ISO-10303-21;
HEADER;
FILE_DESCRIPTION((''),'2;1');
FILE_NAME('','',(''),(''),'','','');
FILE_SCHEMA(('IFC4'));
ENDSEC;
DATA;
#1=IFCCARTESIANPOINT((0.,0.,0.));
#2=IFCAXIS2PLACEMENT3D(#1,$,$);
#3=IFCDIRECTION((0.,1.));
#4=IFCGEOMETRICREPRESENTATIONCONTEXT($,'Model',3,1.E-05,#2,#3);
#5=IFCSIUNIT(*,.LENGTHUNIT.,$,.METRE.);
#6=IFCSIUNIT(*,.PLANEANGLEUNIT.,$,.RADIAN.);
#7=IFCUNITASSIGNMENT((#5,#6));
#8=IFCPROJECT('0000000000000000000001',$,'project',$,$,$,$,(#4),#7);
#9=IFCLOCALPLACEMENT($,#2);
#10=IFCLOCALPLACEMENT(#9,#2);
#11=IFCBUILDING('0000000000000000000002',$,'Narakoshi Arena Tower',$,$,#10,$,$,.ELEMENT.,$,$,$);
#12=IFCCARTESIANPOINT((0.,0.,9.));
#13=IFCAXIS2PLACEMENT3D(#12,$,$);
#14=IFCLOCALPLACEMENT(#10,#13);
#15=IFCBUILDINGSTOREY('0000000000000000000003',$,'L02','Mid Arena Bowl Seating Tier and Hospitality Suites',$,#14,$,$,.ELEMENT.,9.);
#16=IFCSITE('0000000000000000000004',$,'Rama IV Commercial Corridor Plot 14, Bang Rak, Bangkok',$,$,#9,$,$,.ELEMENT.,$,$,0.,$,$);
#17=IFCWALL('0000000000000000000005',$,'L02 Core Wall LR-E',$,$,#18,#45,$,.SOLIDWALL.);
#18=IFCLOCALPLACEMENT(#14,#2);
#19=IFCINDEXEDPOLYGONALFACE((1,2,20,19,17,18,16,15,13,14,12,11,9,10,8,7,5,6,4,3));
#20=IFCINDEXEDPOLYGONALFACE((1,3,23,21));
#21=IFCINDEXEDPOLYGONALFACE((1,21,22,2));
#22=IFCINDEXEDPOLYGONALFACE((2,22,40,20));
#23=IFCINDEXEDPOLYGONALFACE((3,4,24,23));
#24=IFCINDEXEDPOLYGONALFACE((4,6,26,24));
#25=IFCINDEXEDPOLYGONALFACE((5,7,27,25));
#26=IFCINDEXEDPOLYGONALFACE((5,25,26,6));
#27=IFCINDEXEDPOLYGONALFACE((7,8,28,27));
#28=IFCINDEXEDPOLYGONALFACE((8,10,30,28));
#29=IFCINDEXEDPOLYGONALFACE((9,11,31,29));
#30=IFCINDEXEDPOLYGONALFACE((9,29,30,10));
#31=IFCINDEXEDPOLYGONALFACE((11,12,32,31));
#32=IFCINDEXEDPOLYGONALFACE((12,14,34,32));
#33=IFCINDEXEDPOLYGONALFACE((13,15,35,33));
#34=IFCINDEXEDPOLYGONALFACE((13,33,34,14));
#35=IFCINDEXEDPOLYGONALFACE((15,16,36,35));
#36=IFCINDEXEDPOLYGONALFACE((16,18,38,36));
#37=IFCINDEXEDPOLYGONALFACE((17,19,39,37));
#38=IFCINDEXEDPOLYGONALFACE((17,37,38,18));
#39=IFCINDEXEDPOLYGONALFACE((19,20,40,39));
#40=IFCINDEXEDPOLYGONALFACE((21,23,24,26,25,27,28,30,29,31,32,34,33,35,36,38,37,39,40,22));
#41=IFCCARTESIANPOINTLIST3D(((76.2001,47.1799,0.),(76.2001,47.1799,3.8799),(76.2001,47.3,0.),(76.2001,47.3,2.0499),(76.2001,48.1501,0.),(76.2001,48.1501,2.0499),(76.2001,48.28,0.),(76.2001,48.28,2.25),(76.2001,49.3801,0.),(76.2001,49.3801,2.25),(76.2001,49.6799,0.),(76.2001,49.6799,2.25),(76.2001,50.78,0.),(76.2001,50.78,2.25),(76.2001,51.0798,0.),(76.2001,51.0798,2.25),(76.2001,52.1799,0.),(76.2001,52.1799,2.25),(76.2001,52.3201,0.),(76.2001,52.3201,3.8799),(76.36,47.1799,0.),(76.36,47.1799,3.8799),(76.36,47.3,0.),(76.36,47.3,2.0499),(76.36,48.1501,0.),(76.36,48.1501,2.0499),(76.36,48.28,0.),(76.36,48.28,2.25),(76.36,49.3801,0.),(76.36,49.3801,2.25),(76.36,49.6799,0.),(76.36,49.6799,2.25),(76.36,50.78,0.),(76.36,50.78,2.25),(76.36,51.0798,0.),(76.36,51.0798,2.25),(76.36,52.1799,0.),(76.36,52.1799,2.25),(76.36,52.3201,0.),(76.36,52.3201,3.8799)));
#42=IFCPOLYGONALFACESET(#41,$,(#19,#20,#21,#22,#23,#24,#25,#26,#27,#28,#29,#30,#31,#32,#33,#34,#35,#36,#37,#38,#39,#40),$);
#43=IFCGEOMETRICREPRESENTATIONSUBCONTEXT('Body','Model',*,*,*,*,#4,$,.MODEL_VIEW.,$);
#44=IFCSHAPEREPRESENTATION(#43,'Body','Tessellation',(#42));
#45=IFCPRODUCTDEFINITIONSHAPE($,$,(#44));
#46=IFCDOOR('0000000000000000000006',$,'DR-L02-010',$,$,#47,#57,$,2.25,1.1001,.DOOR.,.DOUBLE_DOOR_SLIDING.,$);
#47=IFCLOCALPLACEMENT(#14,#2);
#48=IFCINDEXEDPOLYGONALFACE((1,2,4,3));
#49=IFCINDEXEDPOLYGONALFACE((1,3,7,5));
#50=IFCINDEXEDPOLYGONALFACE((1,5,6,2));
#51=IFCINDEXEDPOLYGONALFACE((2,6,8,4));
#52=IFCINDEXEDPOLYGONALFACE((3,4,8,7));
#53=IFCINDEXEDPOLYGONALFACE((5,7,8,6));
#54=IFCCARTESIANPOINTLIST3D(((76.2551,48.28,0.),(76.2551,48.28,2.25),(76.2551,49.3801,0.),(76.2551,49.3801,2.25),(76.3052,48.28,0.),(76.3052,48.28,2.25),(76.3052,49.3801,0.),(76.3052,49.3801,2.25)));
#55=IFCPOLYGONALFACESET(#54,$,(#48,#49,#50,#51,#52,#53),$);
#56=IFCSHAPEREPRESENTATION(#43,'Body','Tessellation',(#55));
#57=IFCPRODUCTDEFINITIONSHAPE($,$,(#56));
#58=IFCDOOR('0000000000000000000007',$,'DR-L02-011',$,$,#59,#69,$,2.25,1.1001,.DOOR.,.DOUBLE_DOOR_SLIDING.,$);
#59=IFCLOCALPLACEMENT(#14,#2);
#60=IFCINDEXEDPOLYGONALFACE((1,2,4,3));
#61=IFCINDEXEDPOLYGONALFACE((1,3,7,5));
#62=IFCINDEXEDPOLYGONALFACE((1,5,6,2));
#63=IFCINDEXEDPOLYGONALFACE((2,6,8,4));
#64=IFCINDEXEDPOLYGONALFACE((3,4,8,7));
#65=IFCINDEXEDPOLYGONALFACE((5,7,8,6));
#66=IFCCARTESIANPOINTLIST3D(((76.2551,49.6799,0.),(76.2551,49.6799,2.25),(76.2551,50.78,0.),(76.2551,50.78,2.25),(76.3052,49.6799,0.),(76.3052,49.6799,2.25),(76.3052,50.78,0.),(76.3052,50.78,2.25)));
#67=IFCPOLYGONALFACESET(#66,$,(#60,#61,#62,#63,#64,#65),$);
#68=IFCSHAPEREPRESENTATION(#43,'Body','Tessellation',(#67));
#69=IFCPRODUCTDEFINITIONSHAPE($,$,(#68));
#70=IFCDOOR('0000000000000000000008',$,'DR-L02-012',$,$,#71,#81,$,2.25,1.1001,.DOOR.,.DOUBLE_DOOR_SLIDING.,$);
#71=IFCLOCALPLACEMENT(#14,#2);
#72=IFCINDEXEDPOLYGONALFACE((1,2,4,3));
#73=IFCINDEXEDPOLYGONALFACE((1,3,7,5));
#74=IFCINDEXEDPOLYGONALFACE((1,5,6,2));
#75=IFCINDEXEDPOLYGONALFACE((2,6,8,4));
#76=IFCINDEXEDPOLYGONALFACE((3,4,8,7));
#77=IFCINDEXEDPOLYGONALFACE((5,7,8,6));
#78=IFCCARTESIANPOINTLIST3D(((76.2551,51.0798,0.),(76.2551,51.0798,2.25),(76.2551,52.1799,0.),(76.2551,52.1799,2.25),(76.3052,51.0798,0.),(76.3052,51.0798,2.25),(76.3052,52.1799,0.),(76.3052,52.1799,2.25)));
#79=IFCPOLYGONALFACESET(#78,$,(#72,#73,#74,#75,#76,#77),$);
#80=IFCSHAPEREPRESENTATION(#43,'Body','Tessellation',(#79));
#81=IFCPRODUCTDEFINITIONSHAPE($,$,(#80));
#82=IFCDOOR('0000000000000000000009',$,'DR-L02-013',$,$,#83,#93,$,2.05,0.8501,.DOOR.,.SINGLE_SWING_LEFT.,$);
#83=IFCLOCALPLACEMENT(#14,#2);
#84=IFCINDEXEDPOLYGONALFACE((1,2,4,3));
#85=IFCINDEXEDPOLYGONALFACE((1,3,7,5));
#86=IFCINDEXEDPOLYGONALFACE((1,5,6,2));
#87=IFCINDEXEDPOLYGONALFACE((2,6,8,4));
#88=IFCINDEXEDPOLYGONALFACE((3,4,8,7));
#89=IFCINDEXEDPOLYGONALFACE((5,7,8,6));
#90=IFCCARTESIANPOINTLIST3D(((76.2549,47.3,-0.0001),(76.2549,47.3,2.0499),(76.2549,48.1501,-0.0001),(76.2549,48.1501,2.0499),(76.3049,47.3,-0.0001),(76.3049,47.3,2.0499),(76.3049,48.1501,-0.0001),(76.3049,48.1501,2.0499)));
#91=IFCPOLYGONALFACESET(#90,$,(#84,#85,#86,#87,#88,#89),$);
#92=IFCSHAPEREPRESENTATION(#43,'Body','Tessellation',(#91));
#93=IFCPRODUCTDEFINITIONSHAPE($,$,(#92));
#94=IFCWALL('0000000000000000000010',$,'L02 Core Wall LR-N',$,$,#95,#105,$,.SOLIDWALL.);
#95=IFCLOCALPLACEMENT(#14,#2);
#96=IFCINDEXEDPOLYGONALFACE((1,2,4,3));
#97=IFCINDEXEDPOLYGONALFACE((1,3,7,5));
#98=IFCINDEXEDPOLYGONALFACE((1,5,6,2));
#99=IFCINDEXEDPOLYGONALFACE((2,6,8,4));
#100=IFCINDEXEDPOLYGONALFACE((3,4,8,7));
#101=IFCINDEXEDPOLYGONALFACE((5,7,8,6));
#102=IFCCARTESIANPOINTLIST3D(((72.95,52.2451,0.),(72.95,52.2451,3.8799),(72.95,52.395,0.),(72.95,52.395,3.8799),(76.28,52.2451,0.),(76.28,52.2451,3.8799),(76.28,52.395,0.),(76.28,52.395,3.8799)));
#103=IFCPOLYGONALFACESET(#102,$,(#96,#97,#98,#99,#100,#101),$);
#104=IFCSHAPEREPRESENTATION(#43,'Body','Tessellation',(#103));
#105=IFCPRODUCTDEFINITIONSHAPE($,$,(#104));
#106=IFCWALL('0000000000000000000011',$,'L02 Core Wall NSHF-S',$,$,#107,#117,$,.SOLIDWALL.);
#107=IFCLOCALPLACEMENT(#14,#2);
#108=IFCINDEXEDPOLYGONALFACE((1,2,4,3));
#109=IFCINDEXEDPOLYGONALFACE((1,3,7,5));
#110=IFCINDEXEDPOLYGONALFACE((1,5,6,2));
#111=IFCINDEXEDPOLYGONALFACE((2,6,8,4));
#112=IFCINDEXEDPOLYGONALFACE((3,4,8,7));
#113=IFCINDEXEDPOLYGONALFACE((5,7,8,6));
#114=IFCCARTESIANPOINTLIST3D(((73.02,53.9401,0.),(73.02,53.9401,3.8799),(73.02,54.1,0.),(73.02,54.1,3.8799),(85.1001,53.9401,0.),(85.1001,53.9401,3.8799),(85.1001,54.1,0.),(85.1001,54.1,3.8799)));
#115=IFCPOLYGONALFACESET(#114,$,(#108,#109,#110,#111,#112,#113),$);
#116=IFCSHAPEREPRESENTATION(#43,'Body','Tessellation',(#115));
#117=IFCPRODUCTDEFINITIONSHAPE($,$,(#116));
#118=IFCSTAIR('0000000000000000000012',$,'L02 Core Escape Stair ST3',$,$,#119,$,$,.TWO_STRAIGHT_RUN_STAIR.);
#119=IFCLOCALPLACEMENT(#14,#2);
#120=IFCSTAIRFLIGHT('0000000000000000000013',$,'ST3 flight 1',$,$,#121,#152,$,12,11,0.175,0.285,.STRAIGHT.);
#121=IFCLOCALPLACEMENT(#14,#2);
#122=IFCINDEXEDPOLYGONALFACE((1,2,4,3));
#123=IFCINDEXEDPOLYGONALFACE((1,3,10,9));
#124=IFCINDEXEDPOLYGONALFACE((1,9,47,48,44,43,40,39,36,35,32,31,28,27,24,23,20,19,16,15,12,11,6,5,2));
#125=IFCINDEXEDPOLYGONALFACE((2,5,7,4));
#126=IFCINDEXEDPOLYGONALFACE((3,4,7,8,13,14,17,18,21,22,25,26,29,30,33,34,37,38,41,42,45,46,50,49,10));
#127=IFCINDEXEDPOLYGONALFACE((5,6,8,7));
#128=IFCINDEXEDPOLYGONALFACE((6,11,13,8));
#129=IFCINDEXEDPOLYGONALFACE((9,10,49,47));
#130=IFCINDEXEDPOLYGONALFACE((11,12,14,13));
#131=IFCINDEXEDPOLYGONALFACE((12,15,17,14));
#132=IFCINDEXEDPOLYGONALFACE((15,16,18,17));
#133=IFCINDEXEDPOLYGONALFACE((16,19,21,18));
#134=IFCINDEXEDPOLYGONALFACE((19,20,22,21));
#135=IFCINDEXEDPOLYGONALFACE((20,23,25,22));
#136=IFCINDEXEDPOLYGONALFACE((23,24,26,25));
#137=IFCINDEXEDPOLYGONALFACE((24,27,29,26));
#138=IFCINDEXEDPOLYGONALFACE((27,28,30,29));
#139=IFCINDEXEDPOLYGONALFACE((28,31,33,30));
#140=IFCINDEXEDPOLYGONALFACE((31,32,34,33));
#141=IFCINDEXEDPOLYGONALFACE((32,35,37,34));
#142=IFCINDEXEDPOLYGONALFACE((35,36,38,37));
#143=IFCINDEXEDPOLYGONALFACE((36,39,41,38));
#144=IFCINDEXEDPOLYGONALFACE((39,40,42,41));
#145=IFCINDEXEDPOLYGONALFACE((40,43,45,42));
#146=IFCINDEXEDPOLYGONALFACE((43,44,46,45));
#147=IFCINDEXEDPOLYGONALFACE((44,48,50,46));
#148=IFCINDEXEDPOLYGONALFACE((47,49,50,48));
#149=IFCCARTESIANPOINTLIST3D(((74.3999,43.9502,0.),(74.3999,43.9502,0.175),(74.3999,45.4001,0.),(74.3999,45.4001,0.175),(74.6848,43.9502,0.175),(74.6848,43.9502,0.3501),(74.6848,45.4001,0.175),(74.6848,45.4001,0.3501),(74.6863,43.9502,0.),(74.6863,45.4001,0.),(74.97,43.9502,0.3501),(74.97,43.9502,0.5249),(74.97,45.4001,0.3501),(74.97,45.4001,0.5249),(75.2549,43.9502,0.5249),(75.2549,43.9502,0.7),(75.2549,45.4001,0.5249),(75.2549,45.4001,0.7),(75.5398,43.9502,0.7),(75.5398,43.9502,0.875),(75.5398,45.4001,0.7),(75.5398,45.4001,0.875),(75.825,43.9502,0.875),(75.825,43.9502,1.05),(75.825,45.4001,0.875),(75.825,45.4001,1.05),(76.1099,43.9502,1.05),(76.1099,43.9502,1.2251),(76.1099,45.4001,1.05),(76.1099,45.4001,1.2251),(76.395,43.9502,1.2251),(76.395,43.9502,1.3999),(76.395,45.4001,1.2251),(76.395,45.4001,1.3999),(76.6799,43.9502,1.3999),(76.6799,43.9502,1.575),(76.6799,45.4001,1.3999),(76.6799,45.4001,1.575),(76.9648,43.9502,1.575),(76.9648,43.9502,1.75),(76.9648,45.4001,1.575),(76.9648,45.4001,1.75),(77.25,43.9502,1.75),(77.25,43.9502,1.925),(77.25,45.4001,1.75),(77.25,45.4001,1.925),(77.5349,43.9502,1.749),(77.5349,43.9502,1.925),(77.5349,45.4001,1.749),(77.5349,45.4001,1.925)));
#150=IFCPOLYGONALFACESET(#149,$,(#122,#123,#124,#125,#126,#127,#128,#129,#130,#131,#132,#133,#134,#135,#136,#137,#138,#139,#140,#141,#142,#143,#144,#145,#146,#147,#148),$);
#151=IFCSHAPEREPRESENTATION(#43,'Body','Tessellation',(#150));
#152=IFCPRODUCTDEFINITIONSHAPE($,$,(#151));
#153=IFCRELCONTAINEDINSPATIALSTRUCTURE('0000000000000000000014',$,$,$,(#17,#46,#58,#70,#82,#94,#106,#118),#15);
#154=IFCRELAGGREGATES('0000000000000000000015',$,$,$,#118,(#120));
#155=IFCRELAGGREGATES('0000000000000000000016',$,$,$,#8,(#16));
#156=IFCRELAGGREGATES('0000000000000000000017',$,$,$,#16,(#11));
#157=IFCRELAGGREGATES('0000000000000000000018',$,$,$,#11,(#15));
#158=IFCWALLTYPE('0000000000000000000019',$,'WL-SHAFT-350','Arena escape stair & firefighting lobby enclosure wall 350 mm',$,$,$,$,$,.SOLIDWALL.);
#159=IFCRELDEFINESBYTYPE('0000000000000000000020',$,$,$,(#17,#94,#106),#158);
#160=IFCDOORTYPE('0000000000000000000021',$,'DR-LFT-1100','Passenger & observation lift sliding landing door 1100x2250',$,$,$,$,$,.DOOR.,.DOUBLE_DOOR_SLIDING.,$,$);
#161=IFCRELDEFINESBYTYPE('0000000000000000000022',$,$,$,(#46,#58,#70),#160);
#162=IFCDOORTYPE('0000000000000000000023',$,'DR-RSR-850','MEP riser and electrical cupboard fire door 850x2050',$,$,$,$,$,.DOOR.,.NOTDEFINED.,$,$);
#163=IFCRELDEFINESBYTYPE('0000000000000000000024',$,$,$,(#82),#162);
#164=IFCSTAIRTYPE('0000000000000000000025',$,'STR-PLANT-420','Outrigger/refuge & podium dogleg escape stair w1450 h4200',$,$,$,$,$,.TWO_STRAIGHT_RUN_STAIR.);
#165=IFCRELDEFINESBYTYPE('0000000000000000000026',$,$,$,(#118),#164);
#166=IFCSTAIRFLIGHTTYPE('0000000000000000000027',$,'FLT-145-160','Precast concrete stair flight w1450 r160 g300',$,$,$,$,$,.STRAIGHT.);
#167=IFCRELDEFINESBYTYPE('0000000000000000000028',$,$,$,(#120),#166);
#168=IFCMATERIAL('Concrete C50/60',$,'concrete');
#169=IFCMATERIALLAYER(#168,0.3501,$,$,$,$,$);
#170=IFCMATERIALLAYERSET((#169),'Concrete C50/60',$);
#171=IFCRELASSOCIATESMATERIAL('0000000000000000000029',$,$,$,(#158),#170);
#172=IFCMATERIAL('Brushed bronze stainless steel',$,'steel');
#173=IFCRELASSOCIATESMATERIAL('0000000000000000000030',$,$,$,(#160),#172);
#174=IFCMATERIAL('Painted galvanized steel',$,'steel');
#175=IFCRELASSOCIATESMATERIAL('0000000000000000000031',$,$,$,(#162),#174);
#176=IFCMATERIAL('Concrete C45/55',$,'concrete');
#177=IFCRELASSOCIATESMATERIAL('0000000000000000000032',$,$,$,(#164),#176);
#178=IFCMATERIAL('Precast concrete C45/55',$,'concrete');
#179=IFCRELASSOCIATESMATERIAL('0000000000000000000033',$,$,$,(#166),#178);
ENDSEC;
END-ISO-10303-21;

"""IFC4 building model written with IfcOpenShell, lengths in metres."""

from ifc_helpers import new_model, si_unit, direction, frame, frame_2d, origin, place, context, subcontext, project, spatial, polyline, rectangle, outline, extrude, material, layer, layer_set, type_object, element, fill, aggregate, save


model = new_model("IFC4")

# Units and contexts
model_context = context("Model", 3, precision=1e-05, world=origin(), true_north=direction((0.0, 1.0)))
body_context = subcontext(model_context, "Body", "Model", "MODEL_VIEW")
ifc_project = project(units=[si_unit("LENGTHUNIT", "METRE"), si_unit("PLANEANGLEUNIT", "RADIAN")], contexts=[model_context])

# Site, building, storey
site_placement = place(None, origin())
site = spatial("IfcSite", under=ifc_project, at=site_placement, Name="Rama IV Commercial Corridor Plot 14, Bang Rak, Bangkok", CompositionType="ELEMENT", RefElevation=0.0)
building_placement = place(site_placement, origin())
building = spatial("IfcBuilding", under=site, at=building_placement, Name="Narakoshi Arena Tower", CompositionType="ELEMENT")
storey_placement = place(building_placement, frame((0.0, 0.0, 9.0)))
storey = spatial("IfcBuildingStorey", under=building, at=storey_placement, Name="L02", Description="Mid Arena Bowl Seating Tier and Hospitality Suites", CompositionType="ELEMENT", Elevation=9.0)

# Shared definitions
ifc_material_1 = material(Name="Concrete C50/60", Category="concrete")
ifc_layer_1 = layer(ifc_material_1, 0.3501)
ifc_layer_set_1 = layer_set([ifc_layer_1], Name="Concrete C50/60")
wall_type_1 = type_object("IfcWallType", Name="WL-SHAFT-350", Description="Arena escape stair & firefighting lobby enclosure wall 350 mm", PredefinedType="SOLIDWALL", material=ifc_layer_set_1)

# Wall, openings, doors
wall_1_placement = place(storey_placement, frame((76.28, 47.1799, 0.0), z_axis=(0.0, 0.0, 1.0), x_axis=(0.0, 1.0, 0.0)))
wall_1 = element("IfcWall", 1, at=wall_1_placement, inside=storey, type_object=wall_type_1, Name="L02 Core Wall LR-E", PredefinedType="SOLIDWALL", context=body_context, shape_type="SweptSolid", body=[
    extrude(rectangle(XDim=5.1401, YDim=0.1599, at=frame_2d((2.5701, 0.0))), origin(), (0.0, 0.0, 1.0), 3.8799),
])
opening_1_placement = place(wall_1_placement, frame((1.1001, 0.0, 0.0)))
opening_1 = element("IfcOpeningElement", 2, at=opening_1_placement, cuts=wall_1, PredefinedType="OPENING", context=body_context, shape_type="SweptSolid", body=[
    extrude(rectangle(XDim=1.1001, YDim=2.25, at=frame_2d((0.55, 1.125))), frame((0.0, 0.0898, 0.0), z_axis=(0.0, -1.0, 0.0), x_axis=(1.0, 0.0, 0.0)), (0.0, 0.0, 1.0), 0.1799),
])
opening_2_placement = place(wall_1_placement, frame((2.5, 0.0, 0.0)))
opening_2 = element("IfcOpeningElement", 3, at=opening_2_placement, cuts=wall_1, PredefinedType="OPENING", context=body_context, shape_type="SweptSolid", body=[
    extrude(rectangle(XDim=1.1001, YDim=2.25, at=frame_2d((0.55, 1.125))), frame((0.0, 0.0898, 0.0), z_axis=(0.0, -1.0, 0.0), x_axis=(1.0, 0.0, 0.0)), (0.0, 0.0, 1.0), 0.1799),
])
opening_3_placement = place(wall_1_placement, frame((3.8999, 0.0, 0.0)))
opening_3 = element("IfcOpeningElement", 4, at=opening_3_placement, cuts=wall_1, PredefinedType="OPENING", context=body_context, shape_type="SweptSolid", body=[
    extrude(rectangle(XDim=1.1001, YDim=2.25, at=frame_2d((0.55, 1.125))), frame((0.0, 0.0898, 0.0), z_axis=(0.0, -1.0, 0.0), x_axis=(1.0, 0.0, 0.0)), (0.0, 0.0, 1.0), 0.1799),
])
opening_4_placement = place(wall_1_placement, frame((0.1201, 0.0, 0.0)))
opening_4 = element("IfcOpeningElement", 5, at=opening_4_placement, cuts=wall_1, PredefinedType="OPENING", context=body_context, shape_type="SweptSolid", body=[
    extrude(rectangle(XDim=0.8501, YDim=2.05, at=frame_2d((0.425, 1.0249))), frame((0.0, 0.0898, 0.0), z_axis=(0.0, -1.0, 0.0), x_axis=(1.0, 0.0, 0.0)), (0.0, 0.0, 1.0), 0.1799),
])
ifc_material_2 = material(Name="Brushed bronze stainless steel", Category="steel")
door_type_1 = type_object("IfcDoorType", Name="DR-LFT-1100", Description="Passenger & observation lift sliding landing door 1100x2250", OperationType="DOUBLE_DOOR_SLIDING", PredefinedType="DOOR", material=ifc_material_2)
door_1_placement = place(opening_1_placement, origin())
door_1 = element("IfcDoor", 6, at=door_1_placement, inside=storey, type_object=door_type_1, Name="DR-L02-010", OperationType="DOUBLE_DOOR_SLIDING", OverallHeight=2.25, OverallWidth=1.1001, PredefinedType="DOOR", context=body_context, shape_type="SweptSolid", body=[
    extrude(rectangle(XDim=1.1001, YDim=2.25, at=frame_2d((0.55, 1.125))), frame((0.0, 0.0249, 0.0), z_axis=(0.0, -1.0, 0.0), x_axis=(1.0, 0.0, 0.0)), (0.0, 0.0, 1.0), 0.05),
])
fill(opening_1, door_1)
door_2_placement = place(opening_2_placement, origin())
door_2 = element("IfcDoor", 7, at=door_2_placement, inside=storey, type_object=door_type_1, Name="DR-L02-011", OperationType="DOUBLE_DOOR_SLIDING", OverallHeight=2.25, OverallWidth=1.1001, PredefinedType="DOOR", context=body_context, shape_type="SweptSolid", body=[
    extrude(rectangle(XDim=1.1001, YDim=2.25, at=frame_2d((0.55, 1.125))), frame((0.0, 0.0249, 0.0), z_axis=(0.0, -1.0, 0.0), x_axis=(1.0, 0.0, 0.0)), (0.0, 0.0, 1.0), 0.05),
])
fill(opening_2, door_2)
door_3_placement = place(opening_3_placement, origin())
door_3 = element("IfcDoor", 8, at=door_3_placement, inside=storey, type_object=door_type_1, Name="DR-L02-012", OperationType="DOUBLE_DOOR_SLIDING", OverallHeight=2.25, OverallWidth=1.1001, PredefinedType="DOOR", context=body_context, shape_type="SweptSolid", body=[
    extrude(rectangle(XDim=1.1001, YDim=2.25, at=frame_2d((0.55, 1.125))), frame((0.0, 0.0249, 0.0), z_axis=(0.0, -1.0, 0.0), x_axis=(1.0, 0.0, 0.0)), (0.0, 0.0, 1.0), 0.05),
])
fill(opening_3, door_3)
ifc_material_3 = material(Name="Painted galvanized steel", Category="steel")
door_type_2 = type_object("IfcDoorType", Name="DR-RSR-850", Description="MEP riser and electrical cupboard fire door 850x2050", OperationType="NOTDEFINED", PredefinedType="DOOR", material=ifc_material_3)
door_4_placement = place(opening_4_placement, frame((0.8501, 0.0, 0.0), z_axis=(0.0, 0.0, 1.0), x_axis=(-1.0, 0.0, 0.0)))
door_4 = element("IfcDoor", 9, at=door_4_placement, inside=storey, type_object=door_type_2, Name="DR-L02-013", OperationType="SINGLE_SWING_LEFT", OverallHeight=2.05, OverallWidth=0.8501, PredefinedType="DOOR", context=body_context, shape_type="SweptSolid", body=[
    extrude(rectangle(XDim=0.8501, YDim=2.05, at=frame_2d((0.425, 1.0249))), frame((0.0, 0.0249, 0.0), z_axis=(0.0, -1.0, 0.0), x_axis=(1.0, 0.0, 0.0)), (0.0, 0.0, 1.0), 0.05),
])
fill(opening_4, door_4)

# Walls
wall_2_placement = place(storey_placement, frame((72.95, 52.3201, 0.0), z_axis=(0.0, 0.0, 1.0), x_axis=(1.0, 0.0, 0.0)))
element("IfcWall", 10, at=wall_2_placement, inside=storey, type_object=wall_type_1, Name="L02 Core Wall LR-N", PredefinedType="SOLIDWALL", context=body_context, shape_type="SweptSolid", body=[
    extrude(rectangle(XDim=3.3301, YDim=0.1499, at=frame_2d((1.665, 0.0))), origin(), (0.0, 0.0, 1.0), 3.8799),
])
wall_3_placement = place(storey_placement, frame((73.02, 54.02, 0.0), z_axis=(0.0, 0.0, 1.0), x_axis=(1.0, 0.0, 0.0)))
element("IfcWall", 11, at=wall_3_placement, inside=storey, type_object=wall_type_1, Name="L02 Core Wall NSHF-S", PredefinedType="SOLIDWALL", context=body_context, shape_type="SweptSolid", body=[
    extrude(rectangle(XDim=12.0801, YDim=0.1599, at=frame_2d((6.04, 0.0))), origin(), (0.0, 0.0, 1.0), 3.8799),
])

# Stair, stair flight
ifc_material_4 = material(Name="Concrete C45/55", Category="concrete")
stair_type = type_object("IfcStairType", Name="STR-PLANT-420", Description="Outrigger/refuge & podium dogleg escape stair w1450 h4200", PredefinedType="TWO_STRAIGHT_RUN_STAIR", material=ifc_material_4)
stair_placement = place(storey_placement, origin())
stair = element("IfcStair", 12, at=stair_placement, inside=storey, type_object=stair_type, Name="L02 Core Escape Stair ST3", PredefinedType="TWO_STRAIGHT_RUN_STAIR")
ifc_material_5 = material(Name="Precast concrete C45/55", Category="concrete")
stair_flight_type = type_object("IfcStairFlightType", Name="FLT-145-160", Description="Precast concrete stair flight w1450 r160 g300", PredefinedType="STRAIGHT", material=ifc_material_5)
stair_flight_placement = place(storey_placement, frame((74.3999, 44.675, 0.0), z_axis=(0.0, 0.0, 1.0), x_axis=(1.0, 0.0, 0.0)))
stair_flight = element("IfcStairFlight", 13, at=stair_flight_placement, type_object=stair_flight_type, Name="ST3 flight 1", NumberOfRisers=12, NumberOfTreads=11, PredefinedType="STRAIGHT", RiserHeight=0.175, TreadLength=0.285, context=body_context, shape_type="SweptSolid", body=[
    extrude(outline(polyline([(0.0, 0.0), (0.0, 0.175), (0.2849, 0.175), (0.2849, 0.3501), (0.5701, 0.3501), (0.5701, 0.5249), (0.855, 0.5249), (0.855, 0.7), (1.1399, 0.7), (1.1399, 0.875), (1.425, 0.875), (1.425, 1.05), (1.71, 1.05), (1.71, 1.2251), (1.9951, 1.2251), (1.9951, 1.3999), (2.28, 1.3999), (2.28, 1.575), (2.5649, 1.575), (2.5649, 1.75), (2.8501, 1.75), (2.8501, 1.925), (3.135, 1.925), (3.135, 2.1001), (3.135, 1.749), (0.2864, 0.0), (0.0, 0.0)])), frame((0.0, 0.7251, 0.0), z_axis=(0.0, -1.0, 0.0), x_axis=(1.0, 0.0, 0.0)), (0.0, 0.0, 1.0), 1.45),
])
aggregate(stair, [stair_flight])

save(model, "model.ifc")
